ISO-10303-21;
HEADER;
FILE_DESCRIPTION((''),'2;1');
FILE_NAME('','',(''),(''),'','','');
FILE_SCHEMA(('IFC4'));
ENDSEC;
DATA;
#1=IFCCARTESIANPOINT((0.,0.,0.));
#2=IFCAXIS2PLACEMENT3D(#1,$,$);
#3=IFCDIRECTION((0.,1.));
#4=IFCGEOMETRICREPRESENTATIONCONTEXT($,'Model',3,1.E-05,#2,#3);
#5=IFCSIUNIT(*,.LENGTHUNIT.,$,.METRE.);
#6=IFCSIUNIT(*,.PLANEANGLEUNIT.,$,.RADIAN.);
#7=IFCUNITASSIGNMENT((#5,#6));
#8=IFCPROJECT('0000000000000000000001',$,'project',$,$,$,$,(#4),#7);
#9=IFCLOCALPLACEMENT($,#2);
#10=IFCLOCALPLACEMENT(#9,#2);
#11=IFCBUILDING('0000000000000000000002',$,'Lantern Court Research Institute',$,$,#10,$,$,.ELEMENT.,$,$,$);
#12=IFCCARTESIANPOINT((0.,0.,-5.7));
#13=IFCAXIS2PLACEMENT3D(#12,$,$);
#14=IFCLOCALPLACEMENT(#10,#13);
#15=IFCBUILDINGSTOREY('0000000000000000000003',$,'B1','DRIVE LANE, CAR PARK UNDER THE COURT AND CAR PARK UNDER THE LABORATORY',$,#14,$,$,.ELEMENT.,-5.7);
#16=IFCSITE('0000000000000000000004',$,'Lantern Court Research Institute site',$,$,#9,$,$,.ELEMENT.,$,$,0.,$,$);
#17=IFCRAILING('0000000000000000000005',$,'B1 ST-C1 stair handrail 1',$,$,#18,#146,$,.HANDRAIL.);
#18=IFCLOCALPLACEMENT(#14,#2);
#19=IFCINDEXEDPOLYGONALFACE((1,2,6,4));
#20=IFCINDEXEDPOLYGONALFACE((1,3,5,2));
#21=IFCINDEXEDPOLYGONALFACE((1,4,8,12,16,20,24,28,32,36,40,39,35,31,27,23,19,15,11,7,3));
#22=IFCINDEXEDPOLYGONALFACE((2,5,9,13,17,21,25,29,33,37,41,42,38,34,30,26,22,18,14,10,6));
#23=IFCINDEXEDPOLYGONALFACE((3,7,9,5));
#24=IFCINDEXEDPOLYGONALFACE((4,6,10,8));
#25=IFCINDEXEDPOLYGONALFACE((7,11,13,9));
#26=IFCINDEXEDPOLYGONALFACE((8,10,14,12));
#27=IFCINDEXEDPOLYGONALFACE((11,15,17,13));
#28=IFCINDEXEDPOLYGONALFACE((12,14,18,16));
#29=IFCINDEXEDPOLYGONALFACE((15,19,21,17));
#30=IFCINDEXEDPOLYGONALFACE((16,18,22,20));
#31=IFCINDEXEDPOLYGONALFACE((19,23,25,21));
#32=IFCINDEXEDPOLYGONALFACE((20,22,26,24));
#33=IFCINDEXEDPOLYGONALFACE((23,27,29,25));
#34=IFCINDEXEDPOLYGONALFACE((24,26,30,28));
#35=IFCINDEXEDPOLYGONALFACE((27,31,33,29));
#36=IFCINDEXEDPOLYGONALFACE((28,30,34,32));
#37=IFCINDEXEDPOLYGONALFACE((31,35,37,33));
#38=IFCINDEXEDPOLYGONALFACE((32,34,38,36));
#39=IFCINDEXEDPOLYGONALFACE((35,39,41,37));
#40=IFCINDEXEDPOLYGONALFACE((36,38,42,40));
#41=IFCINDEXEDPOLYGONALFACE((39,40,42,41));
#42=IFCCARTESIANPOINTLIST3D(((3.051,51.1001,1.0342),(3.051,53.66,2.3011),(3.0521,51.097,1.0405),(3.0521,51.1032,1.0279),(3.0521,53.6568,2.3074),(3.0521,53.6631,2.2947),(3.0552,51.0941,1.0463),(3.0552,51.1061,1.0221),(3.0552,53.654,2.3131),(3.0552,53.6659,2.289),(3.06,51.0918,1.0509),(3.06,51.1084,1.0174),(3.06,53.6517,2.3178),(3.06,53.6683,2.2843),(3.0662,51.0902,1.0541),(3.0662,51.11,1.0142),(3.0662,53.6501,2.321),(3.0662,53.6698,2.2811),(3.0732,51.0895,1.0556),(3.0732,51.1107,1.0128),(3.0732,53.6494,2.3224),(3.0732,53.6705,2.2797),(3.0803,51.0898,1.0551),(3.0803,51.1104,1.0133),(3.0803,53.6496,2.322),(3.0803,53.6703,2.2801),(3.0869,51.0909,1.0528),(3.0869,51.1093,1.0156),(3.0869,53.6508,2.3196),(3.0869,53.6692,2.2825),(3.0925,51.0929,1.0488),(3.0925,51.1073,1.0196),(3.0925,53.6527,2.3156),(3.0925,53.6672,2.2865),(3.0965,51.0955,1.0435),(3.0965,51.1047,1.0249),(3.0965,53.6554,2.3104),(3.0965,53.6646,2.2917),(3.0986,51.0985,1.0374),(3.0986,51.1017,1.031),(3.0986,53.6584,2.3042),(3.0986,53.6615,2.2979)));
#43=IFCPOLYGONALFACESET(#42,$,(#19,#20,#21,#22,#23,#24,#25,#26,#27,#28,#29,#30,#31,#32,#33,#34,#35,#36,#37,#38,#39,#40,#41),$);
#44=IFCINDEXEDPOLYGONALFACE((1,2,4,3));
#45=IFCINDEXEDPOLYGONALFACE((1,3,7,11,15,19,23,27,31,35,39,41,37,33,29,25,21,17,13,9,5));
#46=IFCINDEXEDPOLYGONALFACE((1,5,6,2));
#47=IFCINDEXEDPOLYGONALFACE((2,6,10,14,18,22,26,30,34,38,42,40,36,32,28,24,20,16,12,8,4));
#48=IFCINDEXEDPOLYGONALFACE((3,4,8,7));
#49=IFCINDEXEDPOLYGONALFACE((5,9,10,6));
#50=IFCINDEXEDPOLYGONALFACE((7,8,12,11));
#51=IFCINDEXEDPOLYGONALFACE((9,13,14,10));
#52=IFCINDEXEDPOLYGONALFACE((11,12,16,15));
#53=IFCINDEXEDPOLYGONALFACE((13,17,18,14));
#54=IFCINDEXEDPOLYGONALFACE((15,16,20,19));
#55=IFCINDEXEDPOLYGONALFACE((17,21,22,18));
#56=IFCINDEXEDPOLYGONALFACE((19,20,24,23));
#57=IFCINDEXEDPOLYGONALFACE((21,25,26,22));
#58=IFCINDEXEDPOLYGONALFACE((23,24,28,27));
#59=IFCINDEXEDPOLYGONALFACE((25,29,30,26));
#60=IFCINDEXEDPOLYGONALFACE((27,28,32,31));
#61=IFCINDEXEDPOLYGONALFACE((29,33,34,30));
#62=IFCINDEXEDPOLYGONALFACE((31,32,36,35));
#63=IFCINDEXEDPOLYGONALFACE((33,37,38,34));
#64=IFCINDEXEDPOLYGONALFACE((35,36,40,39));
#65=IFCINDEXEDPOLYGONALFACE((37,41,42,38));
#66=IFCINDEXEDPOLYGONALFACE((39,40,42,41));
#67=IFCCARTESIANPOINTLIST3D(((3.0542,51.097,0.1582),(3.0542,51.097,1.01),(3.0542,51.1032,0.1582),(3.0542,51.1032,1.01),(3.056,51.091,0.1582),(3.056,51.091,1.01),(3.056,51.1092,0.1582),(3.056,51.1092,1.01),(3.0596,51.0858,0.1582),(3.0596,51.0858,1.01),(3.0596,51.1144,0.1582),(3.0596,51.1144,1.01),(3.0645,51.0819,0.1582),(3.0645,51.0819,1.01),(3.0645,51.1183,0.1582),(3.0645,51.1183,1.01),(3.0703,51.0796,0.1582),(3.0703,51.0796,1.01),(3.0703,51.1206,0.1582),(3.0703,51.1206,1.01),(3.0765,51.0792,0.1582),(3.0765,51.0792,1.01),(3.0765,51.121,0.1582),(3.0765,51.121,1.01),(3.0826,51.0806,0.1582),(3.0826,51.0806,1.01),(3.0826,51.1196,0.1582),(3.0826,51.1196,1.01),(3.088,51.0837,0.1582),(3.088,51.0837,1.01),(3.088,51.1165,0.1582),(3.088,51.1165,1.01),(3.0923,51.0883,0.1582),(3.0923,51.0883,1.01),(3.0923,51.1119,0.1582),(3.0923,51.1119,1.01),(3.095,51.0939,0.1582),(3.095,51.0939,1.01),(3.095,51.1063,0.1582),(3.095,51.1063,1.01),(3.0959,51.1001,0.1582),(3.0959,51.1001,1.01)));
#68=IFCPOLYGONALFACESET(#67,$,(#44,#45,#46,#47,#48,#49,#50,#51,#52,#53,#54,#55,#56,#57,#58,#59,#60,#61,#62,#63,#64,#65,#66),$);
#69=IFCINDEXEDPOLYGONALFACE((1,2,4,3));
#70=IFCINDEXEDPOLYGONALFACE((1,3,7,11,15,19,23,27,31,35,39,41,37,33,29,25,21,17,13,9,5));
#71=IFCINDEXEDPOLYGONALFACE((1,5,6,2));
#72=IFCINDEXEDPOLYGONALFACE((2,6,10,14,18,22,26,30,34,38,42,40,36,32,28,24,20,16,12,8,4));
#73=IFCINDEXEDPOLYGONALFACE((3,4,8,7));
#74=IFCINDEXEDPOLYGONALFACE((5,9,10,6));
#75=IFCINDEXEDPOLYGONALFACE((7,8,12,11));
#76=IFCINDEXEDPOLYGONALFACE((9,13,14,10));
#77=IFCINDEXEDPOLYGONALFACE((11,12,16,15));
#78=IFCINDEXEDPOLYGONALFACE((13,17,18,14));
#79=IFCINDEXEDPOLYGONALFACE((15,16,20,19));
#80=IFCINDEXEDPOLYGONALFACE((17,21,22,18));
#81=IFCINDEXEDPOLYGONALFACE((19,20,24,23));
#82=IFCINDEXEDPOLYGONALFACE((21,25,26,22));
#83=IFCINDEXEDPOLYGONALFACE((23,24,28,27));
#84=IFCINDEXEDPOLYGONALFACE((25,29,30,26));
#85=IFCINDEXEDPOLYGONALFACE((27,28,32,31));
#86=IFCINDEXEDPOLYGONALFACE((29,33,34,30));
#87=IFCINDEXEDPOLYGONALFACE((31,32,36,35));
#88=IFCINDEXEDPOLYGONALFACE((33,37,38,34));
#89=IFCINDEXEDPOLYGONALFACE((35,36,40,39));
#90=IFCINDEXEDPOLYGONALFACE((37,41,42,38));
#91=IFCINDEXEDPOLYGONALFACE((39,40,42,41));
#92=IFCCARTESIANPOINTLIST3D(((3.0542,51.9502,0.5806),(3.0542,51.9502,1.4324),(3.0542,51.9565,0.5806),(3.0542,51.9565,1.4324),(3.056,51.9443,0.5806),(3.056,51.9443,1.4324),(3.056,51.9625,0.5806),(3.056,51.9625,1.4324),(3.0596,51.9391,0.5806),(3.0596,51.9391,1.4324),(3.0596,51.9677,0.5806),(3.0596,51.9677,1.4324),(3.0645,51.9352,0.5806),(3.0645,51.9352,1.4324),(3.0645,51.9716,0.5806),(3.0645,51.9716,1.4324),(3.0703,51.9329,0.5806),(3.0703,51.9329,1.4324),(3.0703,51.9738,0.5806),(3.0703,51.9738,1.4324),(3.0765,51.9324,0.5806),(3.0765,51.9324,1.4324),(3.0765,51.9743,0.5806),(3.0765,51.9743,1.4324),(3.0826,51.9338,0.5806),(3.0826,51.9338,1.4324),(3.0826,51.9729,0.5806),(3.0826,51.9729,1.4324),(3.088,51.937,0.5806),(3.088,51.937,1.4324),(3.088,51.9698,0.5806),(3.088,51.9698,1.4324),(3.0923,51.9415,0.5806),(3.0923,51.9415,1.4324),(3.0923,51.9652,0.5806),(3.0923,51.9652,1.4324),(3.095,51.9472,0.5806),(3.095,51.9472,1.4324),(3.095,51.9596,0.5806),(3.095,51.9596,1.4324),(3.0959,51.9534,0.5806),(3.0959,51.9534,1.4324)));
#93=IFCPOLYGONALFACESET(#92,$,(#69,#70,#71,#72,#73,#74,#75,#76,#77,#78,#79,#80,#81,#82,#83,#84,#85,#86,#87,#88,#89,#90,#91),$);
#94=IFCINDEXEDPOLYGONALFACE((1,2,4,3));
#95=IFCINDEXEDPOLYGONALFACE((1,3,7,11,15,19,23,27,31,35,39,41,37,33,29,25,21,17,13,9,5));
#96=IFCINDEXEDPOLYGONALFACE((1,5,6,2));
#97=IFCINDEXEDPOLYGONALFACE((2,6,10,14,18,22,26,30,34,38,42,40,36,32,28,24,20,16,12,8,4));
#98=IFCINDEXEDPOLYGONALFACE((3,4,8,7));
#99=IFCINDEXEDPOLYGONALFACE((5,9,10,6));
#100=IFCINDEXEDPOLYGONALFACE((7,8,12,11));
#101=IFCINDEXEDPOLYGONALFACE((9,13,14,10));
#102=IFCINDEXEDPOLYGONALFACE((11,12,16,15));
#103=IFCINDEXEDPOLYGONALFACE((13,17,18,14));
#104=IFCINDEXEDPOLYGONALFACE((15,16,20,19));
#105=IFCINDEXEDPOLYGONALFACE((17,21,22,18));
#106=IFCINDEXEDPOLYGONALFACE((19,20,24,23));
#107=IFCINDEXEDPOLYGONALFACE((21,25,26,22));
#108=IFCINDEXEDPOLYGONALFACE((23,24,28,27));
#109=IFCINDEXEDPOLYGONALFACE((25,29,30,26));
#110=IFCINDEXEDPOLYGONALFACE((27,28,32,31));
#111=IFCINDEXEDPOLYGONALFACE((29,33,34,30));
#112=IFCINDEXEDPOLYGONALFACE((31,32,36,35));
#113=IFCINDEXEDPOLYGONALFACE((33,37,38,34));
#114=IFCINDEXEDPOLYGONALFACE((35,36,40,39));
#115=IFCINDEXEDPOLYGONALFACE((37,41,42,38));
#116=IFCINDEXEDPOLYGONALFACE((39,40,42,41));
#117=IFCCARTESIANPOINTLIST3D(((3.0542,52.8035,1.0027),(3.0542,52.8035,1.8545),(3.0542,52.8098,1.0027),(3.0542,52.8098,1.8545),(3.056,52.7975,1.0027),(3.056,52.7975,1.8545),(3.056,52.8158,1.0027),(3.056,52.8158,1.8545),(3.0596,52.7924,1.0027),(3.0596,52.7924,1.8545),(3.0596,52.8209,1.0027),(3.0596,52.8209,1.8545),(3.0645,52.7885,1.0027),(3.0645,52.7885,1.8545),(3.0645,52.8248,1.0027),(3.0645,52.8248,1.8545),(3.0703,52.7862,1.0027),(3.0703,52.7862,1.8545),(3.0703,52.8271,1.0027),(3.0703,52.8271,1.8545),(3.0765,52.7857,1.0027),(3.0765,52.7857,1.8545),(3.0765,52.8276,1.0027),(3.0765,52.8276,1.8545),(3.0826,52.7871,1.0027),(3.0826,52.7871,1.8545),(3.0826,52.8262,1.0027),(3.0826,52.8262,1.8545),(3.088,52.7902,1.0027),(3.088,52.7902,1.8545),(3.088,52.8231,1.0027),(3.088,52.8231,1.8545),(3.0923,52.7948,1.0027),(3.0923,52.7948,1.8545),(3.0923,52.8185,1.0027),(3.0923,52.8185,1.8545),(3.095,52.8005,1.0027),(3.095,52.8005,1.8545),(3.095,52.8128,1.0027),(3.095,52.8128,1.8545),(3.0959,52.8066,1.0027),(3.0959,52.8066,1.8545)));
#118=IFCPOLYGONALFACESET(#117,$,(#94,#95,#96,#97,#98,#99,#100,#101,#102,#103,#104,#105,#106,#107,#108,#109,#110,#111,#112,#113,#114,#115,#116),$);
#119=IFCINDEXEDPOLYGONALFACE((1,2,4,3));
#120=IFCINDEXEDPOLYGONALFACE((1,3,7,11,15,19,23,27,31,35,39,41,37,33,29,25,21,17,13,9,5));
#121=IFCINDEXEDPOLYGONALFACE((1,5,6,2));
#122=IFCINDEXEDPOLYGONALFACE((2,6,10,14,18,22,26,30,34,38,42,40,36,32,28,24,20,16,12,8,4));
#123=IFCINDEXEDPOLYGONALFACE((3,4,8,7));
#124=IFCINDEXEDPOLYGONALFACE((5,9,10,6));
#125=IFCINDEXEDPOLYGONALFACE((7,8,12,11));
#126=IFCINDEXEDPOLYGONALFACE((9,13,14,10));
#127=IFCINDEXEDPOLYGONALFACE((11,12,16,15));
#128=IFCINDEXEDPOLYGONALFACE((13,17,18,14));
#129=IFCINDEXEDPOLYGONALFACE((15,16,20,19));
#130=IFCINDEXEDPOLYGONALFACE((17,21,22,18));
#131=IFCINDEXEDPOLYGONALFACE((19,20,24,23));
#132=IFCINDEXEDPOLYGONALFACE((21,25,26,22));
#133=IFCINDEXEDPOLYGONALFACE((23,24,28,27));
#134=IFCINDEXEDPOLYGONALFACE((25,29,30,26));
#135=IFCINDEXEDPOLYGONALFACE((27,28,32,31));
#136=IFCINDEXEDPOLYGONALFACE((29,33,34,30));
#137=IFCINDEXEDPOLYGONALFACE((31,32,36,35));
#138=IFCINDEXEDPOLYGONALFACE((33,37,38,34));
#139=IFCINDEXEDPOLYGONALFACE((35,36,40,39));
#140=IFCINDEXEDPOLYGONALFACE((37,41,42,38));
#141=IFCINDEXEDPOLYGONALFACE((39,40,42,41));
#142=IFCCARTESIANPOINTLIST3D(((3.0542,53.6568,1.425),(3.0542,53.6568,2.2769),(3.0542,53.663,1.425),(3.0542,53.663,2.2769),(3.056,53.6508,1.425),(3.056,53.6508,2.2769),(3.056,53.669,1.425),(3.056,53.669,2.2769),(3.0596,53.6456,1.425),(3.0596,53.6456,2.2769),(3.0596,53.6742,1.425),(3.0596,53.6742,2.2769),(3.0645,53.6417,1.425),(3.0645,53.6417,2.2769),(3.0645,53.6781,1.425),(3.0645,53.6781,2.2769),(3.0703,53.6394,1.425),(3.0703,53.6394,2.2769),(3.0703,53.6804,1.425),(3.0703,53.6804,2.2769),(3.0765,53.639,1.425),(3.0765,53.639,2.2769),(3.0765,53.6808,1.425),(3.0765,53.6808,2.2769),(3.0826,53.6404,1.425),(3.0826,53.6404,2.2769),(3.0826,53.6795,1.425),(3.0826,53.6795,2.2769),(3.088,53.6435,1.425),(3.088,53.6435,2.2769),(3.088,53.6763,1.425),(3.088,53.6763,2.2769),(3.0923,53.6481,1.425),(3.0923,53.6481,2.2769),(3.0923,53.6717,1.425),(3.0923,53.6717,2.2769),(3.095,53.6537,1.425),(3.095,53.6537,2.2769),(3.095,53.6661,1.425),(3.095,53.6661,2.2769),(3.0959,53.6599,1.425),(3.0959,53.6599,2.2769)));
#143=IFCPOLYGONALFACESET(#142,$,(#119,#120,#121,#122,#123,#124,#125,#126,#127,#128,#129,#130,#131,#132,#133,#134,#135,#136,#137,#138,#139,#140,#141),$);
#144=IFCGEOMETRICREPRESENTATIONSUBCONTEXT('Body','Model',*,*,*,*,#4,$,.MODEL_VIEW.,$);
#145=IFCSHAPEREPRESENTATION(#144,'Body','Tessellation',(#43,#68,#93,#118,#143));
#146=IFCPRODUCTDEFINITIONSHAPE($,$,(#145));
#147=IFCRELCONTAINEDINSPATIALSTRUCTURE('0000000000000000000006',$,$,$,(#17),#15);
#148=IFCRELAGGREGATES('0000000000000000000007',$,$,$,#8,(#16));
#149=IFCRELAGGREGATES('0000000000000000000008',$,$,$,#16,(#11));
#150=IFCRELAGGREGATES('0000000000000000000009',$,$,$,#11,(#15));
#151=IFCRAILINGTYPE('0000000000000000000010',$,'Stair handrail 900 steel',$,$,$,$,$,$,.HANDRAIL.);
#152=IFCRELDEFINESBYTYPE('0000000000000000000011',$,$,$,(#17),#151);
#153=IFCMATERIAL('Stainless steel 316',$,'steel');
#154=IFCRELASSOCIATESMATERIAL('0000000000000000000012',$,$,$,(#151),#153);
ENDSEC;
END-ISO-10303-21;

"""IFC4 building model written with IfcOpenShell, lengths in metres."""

from ifc_helpers import new_model, si_unit, direction, frame, origin, origin_2d, place, context, subcontext, project, spatial, circle, extrude, material, type_object, element, save


model = new_model("IFC4")

# Units and contexts
model_context = context("Model", 3, precision=1e-05, world=origin(), true_north=direction((0.0, 1.0)))
body_context = subcontext(model_context, "Body", "Model", "MODEL_VIEW")
ifc_project = project(units=[si_unit("LENGTHUNIT", "METRE"), si_unit("PLANEANGLEUNIT", "RADIAN")], contexts=[model_context])

# Site, building, storey
site_placement = place(None, origin())
site = spatial("IfcSite", under=ifc_project, at=site_placement, Name="Lantern Court Research Institute site", CompositionType="ELEMENT", RefElevation=0.0)
building_placement = place(site_placement, origin())
building = spatial("IfcBuilding", under=site, at=building_placement, Name="Lantern Court Research Institute", CompositionType="ELEMENT")
storey_placement = place(building_placement, frame((0.0, 0.0, -5.7)))
storey = spatial("IfcBuildingStorey", under=building, at=storey_placement, Name="B1", Description="DRIVE LANE, CAR PARK UNDER THE COURT AND CAR PARK UNDER THE LABORATORY", CompositionType="ELEMENT", Elevation=-5.7)

# Railing
ifc_material_1 = material(Name="Stainless steel 316", Category="steel")
railing_type_1 = type_object("IfcRailingType", Name="Stair handrail 900 steel", PredefinedType="HANDRAIL", material=ifc_material_1)
railing_1_placement = place(storey_placement, frame((3.075, 51.1001, 0.1582)))
element("IfcRailing", 1, at=railing_1_placement, inside=storey, type_object=railing_type_1, Name="B1 ST-C1 stair handrail 1", PredefinedType="HANDRAIL", context=body_context, shape_type="SweptSolid", body=[
    extrude(circle(Radius=0.0239, at=origin_2d()), frame((0.0, 0.0, 0.876), z_axis=(0.0, 0.896249, 0.443551), x_axis=(-1.0, 0.0, 0.0)), (0.0, 0.0, 1.0), 2.8562),
    extrude(circle(Radius=0.021, at=origin_2d()), origin(), (0.0, 0.0, 1.0), 0.8518),
    extrude(circle(Radius=0.021, at=origin_2d()), frame((0.0, 0.8533, 0.4224)), (0.0, 0.0, 1.0), 0.8518),
    extrude(circle(Radius=0.021, at=origin_2d()), frame((0.0, 1.7065, 0.8445)), (0.0, 0.0, 1.0), 0.8518),
    extrude(circle(Radius=0.021, at=origin_2d()), frame((0.0, 2.5598, 1.2668)), (0.0, 0.0, 1.0), 0.8518),
])

save(model, "model.ifc")
